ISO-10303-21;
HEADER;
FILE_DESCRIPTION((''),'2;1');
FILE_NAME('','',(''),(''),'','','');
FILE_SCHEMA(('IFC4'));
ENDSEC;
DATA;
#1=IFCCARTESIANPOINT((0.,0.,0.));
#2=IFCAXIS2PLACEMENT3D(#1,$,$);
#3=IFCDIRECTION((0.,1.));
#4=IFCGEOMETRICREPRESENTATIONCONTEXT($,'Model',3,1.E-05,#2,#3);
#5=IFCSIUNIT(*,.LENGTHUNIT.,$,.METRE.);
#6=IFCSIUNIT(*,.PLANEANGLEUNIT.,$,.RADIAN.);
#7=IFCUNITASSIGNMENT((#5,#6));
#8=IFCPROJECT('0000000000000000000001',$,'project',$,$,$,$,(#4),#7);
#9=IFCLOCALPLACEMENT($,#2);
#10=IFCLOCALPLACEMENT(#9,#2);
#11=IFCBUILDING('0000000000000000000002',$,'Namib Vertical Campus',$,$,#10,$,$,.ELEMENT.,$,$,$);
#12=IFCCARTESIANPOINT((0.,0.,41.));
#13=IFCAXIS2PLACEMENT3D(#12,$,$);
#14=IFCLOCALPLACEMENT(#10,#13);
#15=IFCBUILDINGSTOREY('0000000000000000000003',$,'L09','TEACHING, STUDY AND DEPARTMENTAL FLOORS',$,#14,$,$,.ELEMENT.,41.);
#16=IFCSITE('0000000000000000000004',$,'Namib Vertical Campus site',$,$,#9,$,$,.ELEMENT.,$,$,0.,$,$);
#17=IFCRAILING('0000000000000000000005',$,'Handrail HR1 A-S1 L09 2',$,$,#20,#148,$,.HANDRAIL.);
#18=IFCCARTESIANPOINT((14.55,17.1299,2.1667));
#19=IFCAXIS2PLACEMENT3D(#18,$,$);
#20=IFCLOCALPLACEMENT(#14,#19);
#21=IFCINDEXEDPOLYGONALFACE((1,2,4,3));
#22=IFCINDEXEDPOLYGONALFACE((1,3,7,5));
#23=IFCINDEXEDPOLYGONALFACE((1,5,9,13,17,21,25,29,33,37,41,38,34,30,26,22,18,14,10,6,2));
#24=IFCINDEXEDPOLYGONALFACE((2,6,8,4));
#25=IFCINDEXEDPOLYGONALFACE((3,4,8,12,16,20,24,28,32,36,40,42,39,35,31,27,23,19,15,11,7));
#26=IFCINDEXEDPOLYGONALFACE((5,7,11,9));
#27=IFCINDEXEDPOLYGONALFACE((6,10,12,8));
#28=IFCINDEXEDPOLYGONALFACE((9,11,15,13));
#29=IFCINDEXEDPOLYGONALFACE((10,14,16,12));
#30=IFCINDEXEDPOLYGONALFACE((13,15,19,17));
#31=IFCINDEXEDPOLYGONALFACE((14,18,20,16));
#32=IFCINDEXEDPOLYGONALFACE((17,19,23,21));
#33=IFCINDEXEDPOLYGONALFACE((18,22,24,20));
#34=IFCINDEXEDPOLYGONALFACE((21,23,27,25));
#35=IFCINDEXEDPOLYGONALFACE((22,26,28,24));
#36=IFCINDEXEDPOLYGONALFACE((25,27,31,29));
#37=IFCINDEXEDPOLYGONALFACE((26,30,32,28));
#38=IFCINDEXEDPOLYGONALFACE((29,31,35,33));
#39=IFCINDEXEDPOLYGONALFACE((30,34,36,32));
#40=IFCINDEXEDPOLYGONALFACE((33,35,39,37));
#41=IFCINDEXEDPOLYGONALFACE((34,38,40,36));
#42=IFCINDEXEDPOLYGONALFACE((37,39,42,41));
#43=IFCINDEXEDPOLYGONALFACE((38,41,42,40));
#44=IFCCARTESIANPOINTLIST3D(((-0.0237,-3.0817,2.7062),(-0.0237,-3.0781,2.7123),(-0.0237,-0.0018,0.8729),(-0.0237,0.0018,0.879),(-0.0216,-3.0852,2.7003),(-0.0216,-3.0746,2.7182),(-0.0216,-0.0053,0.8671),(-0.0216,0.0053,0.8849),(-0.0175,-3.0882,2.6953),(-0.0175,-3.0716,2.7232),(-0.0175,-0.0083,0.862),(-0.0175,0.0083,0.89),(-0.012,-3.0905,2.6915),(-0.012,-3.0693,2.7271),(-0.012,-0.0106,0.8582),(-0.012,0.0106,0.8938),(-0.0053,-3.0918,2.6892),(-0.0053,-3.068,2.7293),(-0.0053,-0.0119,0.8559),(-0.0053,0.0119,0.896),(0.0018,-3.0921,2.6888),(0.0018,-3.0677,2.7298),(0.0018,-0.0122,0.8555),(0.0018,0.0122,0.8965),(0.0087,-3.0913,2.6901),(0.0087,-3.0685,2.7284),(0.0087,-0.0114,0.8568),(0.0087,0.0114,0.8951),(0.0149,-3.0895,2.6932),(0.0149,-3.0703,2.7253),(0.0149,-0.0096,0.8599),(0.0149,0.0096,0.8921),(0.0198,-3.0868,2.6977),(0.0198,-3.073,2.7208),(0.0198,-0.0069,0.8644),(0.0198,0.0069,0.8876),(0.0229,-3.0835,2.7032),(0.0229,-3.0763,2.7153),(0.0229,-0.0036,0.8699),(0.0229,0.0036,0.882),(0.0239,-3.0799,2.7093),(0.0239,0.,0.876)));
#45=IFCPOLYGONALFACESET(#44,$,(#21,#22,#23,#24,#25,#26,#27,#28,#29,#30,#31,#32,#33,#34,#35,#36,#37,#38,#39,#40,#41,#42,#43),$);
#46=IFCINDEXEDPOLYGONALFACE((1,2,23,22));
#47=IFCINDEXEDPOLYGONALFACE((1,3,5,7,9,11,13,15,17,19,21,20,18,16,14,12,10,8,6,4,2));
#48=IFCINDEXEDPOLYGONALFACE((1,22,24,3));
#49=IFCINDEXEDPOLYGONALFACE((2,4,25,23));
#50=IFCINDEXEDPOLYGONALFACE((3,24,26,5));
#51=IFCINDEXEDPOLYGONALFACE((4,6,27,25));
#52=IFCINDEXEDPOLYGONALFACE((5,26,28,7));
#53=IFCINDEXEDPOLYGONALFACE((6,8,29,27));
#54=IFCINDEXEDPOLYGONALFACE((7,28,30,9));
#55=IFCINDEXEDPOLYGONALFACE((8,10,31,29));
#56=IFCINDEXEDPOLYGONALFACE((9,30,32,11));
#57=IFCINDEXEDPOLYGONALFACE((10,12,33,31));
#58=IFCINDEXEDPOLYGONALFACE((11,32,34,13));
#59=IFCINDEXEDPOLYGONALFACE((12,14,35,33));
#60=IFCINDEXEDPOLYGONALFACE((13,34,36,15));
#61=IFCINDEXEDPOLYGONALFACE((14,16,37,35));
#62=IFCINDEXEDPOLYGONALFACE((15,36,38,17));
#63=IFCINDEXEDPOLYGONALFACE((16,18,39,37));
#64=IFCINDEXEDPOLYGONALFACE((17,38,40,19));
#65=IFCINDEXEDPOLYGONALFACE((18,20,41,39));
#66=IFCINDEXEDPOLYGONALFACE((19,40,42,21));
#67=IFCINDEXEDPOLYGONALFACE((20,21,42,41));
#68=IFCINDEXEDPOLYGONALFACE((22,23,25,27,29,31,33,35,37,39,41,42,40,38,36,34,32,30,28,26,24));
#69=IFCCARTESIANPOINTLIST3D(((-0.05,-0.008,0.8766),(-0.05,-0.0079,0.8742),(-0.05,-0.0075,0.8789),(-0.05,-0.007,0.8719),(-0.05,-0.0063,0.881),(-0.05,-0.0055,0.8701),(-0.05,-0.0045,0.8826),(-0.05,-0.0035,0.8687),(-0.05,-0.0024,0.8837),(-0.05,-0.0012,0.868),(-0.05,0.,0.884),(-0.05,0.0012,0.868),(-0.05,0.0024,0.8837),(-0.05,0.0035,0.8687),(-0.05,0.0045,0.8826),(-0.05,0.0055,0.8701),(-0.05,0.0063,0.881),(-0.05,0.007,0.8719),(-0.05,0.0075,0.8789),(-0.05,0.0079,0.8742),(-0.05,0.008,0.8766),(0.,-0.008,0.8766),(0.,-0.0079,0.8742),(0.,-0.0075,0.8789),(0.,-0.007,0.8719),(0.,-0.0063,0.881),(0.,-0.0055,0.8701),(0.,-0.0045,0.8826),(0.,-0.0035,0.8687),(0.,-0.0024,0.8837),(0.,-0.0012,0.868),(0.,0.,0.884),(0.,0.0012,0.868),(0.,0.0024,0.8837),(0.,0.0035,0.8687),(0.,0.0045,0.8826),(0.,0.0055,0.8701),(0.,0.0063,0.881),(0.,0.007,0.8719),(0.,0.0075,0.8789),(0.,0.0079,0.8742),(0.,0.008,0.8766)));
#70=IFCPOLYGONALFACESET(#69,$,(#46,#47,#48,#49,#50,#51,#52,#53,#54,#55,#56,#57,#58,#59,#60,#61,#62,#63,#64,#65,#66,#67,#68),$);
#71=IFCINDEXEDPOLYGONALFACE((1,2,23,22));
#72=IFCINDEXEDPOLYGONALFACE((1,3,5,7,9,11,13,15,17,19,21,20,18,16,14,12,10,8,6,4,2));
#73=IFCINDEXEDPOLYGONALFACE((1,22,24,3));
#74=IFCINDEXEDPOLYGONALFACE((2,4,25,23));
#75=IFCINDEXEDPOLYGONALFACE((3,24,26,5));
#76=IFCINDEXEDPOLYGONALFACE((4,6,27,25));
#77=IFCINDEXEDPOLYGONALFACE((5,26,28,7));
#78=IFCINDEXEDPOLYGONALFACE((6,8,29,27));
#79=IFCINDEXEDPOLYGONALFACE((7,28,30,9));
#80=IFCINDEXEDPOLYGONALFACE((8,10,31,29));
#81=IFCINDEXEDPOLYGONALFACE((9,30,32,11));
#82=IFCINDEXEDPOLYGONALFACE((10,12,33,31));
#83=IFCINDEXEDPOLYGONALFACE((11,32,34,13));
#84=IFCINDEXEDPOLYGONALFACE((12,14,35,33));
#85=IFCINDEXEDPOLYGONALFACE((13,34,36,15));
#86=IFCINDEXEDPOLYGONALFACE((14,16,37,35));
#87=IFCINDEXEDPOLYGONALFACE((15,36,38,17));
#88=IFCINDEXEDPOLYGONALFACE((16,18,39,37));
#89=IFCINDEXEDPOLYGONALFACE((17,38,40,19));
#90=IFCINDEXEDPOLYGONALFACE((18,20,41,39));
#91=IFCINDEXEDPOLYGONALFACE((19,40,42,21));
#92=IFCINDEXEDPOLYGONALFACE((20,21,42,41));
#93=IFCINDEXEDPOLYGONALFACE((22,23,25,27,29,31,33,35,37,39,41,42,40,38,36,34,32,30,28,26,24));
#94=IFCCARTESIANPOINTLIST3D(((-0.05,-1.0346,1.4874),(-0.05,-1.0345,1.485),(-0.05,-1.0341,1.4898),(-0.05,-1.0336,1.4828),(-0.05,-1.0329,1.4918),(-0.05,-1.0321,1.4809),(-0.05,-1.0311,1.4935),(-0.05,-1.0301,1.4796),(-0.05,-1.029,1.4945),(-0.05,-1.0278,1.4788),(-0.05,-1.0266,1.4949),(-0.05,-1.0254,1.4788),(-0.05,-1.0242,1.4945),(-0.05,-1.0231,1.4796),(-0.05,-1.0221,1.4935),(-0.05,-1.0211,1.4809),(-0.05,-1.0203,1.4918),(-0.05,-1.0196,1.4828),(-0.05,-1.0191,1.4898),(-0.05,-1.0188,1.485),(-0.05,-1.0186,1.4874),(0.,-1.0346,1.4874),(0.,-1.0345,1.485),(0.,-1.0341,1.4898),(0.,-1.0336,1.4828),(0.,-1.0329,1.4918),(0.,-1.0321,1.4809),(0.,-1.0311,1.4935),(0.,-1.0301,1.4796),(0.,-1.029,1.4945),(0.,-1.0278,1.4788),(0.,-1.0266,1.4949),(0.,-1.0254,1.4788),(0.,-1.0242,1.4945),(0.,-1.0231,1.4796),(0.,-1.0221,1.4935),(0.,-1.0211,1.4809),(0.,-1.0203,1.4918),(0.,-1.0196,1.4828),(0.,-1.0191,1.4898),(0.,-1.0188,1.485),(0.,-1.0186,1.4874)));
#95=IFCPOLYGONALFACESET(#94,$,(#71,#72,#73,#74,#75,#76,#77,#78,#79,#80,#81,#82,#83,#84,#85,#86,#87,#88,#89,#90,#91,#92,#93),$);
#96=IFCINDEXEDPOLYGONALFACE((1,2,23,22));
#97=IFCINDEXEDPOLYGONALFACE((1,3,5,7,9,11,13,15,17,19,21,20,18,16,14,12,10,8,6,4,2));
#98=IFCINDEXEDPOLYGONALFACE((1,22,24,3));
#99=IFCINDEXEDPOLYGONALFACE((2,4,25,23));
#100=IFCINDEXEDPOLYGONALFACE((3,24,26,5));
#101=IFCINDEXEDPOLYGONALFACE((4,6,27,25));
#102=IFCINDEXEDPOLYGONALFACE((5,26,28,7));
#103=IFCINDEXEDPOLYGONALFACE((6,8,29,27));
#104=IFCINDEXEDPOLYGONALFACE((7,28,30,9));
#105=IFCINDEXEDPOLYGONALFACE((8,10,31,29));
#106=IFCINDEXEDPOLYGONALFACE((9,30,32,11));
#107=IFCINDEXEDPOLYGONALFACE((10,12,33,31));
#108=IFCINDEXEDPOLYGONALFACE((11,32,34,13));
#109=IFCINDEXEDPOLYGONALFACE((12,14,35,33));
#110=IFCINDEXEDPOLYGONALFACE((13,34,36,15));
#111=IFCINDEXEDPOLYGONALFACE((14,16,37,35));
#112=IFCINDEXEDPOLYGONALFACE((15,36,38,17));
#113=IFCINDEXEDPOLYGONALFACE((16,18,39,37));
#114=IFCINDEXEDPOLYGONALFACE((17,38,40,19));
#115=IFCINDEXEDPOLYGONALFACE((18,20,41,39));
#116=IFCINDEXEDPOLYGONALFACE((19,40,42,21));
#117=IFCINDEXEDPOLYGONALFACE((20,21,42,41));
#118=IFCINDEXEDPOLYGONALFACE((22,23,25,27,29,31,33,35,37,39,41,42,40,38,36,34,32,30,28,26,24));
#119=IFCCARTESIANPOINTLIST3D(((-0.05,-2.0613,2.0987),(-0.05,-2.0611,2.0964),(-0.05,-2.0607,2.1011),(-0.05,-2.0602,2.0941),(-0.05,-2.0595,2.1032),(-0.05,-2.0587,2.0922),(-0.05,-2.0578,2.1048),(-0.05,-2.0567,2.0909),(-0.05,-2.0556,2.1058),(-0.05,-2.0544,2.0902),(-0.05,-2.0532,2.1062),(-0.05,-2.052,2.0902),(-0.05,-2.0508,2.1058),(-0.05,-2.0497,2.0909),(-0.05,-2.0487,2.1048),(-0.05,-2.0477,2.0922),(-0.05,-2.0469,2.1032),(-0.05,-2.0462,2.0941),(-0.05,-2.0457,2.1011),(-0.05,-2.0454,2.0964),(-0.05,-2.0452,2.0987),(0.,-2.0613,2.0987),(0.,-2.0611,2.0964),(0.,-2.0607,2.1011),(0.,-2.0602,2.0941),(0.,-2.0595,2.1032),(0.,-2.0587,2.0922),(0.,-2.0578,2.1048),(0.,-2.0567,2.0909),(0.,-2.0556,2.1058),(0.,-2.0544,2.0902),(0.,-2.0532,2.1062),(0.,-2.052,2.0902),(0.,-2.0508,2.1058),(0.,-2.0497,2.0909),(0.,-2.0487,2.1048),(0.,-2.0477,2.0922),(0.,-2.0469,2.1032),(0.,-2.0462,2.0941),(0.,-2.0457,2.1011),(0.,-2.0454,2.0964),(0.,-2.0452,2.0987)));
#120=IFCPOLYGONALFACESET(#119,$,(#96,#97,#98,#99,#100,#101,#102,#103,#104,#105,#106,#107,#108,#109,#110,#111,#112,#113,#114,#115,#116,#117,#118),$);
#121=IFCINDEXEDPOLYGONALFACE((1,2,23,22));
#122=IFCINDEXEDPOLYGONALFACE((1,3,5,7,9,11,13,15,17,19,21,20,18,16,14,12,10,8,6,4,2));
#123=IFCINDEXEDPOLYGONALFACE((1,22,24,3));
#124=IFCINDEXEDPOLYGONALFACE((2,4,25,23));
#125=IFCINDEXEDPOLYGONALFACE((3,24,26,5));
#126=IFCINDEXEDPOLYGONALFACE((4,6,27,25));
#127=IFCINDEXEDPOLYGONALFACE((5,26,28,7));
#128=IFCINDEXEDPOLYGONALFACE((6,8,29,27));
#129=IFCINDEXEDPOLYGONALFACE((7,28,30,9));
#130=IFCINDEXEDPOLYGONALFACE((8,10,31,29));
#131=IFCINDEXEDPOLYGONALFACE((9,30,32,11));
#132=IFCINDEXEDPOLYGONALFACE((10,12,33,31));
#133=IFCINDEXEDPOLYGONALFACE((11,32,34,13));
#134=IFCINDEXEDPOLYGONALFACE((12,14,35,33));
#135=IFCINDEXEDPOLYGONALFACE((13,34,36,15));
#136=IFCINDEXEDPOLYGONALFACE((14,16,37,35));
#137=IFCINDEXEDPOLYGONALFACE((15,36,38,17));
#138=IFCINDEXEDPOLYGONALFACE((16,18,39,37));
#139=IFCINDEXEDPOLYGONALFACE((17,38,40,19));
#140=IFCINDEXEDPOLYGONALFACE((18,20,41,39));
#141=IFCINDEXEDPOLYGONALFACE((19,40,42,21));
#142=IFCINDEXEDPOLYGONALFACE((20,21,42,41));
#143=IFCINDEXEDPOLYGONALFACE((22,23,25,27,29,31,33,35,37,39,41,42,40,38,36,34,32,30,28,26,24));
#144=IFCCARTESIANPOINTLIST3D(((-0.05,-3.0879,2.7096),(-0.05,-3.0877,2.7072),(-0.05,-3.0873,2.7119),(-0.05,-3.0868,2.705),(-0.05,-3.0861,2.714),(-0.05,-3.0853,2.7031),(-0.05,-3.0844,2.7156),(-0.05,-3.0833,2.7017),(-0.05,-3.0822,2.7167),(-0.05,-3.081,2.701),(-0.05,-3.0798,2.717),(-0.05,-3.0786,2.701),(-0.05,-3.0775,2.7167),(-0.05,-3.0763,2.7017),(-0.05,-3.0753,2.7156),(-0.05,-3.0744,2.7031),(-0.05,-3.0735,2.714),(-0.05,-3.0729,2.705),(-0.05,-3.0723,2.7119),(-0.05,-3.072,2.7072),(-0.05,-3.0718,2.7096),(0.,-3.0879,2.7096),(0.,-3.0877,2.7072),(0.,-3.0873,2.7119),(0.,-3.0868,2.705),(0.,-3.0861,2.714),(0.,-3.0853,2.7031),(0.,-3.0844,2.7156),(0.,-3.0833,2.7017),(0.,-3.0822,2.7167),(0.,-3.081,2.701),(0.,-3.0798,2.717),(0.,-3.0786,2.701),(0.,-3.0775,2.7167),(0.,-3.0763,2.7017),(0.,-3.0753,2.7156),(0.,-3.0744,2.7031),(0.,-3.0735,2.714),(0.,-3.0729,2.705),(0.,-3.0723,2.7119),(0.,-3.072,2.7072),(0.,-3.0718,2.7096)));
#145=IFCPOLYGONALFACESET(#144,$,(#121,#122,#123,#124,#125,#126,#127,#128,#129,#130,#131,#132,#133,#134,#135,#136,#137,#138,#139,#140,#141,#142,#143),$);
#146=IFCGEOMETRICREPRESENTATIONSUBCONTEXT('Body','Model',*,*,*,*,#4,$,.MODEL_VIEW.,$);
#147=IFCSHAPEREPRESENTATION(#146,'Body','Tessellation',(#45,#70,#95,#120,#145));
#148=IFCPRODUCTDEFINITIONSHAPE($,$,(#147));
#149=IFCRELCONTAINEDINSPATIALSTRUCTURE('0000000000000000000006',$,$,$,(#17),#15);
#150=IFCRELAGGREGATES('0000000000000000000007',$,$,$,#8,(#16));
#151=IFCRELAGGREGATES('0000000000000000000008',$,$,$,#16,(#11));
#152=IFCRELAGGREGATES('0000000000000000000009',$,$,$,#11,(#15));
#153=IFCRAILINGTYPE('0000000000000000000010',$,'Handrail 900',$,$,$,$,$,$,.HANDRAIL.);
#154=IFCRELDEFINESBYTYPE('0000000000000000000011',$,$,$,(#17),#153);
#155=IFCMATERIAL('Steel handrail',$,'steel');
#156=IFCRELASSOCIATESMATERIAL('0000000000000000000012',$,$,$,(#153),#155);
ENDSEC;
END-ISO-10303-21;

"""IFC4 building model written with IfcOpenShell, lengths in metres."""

from ifc_helpers import new_model, si_unit, direction, frame, origin, origin_2d, place, context, subcontext, project, spatial, circle, extrude, material, type_object, element, save


model = new_model("IFC4")

# Units and contexts
model_context = context("Model", 3, precision=1e-05, world=origin(), true_north=direction((0.0, 1.0)))
body_context = subcontext(model_context, "Body", "Model", "MODEL_VIEW")
ifc_project = project(units=[si_unit("LENGTHUNIT", "METRE"), si_unit("PLANEANGLEUNIT", "RADIAN")], contexts=[model_context])

# Site, building, storey
site_placement = place(None, origin())
site = spatial("IfcSite", under=ifc_project, at=site_placement, Name="Namib Vertical Campus site", CompositionType="ELEMENT", RefElevation=0.0)
building_placement = place(site_placement, origin())
building = spatial("IfcBuilding", under=site, at=building_placement, Name="Namib Vertical Campus", CompositionType="ELEMENT")
storey_placement = place(building_placement, frame((0.0, 0.0, 41.0)))
storey = spatial("IfcBuildingStorey", under=building, at=storey_placement, Name="L09", Description="TEACHING, STUDY AND DEPARTMENTAL FLOORS", CompositionType="ELEMENT", Elevation=41.0)

# Railing
ifc_material_1 = material(Name="Steel handrail", Category="steel")
railing_type_1 = type_object("IfcRailingType", Name="Handrail 900", PredefinedType="HANDRAIL", material=ifc_material_1)
railing_1_placement = place(storey_placement, frame((14.55, 17.1299, 2.1667)))
element("IfcRailing", 1, at=railing_1_placement, inside=storey, type_object=railing_type_1, Name="Handrail HR1 A-S1 L09 2", PredefinedType="HANDRAIL", context=body_context, shape_type="SweptSolid", body=[
    extrude(circle(Radius=0.0239, at=origin_2d()), frame((0.0, 0.0, 0.876), z_axis=(0.0, -0.859291, 0.511487), x_axis=(1.0, 0.0, 0.0)), (0.0, 0.0, 1.0), 3.5842),
    extrude(circle(Radius=0.0081, at=origin_2d()), frame((0.0, 0.0, 0.876), z_axis=(-1.0, 0.0, 0.0), x_axis=(0.0, 0.0, 1.0)), (0.0, 0.0, 1.0), 0.05),
    extrude(circle(Radius=0.0081, at=origin_2d()), frame((0.0, -1.0266, 1.4868), z_axis=(-1.0, 0.0, 0.0), x_axis=(0.0, 0.0, 1.0)), (0.0, 0.0, 1.0), 0.05),
    extrude(circle(Radius=0.0081, at=origin_2d()), frame((0.0, -2.0532, 2.0981), z_axis=(-1.0, 0.0, 0.0), x_axis=(0.0, 0.0, 1.0)), (0.0, 0.0, 1.0), 0.05),
    extrude(circle(Radius=0.0081, at=origin_2d()), frame((0.0, -3.0798, 2.709), z_axis=(-1.0, 0.0, 0.0), x_axis=(0.0, 0.0, 1.0)), (0.0, 0.0, 1.0), 0.05),
])

save(model, "model.ifc")
